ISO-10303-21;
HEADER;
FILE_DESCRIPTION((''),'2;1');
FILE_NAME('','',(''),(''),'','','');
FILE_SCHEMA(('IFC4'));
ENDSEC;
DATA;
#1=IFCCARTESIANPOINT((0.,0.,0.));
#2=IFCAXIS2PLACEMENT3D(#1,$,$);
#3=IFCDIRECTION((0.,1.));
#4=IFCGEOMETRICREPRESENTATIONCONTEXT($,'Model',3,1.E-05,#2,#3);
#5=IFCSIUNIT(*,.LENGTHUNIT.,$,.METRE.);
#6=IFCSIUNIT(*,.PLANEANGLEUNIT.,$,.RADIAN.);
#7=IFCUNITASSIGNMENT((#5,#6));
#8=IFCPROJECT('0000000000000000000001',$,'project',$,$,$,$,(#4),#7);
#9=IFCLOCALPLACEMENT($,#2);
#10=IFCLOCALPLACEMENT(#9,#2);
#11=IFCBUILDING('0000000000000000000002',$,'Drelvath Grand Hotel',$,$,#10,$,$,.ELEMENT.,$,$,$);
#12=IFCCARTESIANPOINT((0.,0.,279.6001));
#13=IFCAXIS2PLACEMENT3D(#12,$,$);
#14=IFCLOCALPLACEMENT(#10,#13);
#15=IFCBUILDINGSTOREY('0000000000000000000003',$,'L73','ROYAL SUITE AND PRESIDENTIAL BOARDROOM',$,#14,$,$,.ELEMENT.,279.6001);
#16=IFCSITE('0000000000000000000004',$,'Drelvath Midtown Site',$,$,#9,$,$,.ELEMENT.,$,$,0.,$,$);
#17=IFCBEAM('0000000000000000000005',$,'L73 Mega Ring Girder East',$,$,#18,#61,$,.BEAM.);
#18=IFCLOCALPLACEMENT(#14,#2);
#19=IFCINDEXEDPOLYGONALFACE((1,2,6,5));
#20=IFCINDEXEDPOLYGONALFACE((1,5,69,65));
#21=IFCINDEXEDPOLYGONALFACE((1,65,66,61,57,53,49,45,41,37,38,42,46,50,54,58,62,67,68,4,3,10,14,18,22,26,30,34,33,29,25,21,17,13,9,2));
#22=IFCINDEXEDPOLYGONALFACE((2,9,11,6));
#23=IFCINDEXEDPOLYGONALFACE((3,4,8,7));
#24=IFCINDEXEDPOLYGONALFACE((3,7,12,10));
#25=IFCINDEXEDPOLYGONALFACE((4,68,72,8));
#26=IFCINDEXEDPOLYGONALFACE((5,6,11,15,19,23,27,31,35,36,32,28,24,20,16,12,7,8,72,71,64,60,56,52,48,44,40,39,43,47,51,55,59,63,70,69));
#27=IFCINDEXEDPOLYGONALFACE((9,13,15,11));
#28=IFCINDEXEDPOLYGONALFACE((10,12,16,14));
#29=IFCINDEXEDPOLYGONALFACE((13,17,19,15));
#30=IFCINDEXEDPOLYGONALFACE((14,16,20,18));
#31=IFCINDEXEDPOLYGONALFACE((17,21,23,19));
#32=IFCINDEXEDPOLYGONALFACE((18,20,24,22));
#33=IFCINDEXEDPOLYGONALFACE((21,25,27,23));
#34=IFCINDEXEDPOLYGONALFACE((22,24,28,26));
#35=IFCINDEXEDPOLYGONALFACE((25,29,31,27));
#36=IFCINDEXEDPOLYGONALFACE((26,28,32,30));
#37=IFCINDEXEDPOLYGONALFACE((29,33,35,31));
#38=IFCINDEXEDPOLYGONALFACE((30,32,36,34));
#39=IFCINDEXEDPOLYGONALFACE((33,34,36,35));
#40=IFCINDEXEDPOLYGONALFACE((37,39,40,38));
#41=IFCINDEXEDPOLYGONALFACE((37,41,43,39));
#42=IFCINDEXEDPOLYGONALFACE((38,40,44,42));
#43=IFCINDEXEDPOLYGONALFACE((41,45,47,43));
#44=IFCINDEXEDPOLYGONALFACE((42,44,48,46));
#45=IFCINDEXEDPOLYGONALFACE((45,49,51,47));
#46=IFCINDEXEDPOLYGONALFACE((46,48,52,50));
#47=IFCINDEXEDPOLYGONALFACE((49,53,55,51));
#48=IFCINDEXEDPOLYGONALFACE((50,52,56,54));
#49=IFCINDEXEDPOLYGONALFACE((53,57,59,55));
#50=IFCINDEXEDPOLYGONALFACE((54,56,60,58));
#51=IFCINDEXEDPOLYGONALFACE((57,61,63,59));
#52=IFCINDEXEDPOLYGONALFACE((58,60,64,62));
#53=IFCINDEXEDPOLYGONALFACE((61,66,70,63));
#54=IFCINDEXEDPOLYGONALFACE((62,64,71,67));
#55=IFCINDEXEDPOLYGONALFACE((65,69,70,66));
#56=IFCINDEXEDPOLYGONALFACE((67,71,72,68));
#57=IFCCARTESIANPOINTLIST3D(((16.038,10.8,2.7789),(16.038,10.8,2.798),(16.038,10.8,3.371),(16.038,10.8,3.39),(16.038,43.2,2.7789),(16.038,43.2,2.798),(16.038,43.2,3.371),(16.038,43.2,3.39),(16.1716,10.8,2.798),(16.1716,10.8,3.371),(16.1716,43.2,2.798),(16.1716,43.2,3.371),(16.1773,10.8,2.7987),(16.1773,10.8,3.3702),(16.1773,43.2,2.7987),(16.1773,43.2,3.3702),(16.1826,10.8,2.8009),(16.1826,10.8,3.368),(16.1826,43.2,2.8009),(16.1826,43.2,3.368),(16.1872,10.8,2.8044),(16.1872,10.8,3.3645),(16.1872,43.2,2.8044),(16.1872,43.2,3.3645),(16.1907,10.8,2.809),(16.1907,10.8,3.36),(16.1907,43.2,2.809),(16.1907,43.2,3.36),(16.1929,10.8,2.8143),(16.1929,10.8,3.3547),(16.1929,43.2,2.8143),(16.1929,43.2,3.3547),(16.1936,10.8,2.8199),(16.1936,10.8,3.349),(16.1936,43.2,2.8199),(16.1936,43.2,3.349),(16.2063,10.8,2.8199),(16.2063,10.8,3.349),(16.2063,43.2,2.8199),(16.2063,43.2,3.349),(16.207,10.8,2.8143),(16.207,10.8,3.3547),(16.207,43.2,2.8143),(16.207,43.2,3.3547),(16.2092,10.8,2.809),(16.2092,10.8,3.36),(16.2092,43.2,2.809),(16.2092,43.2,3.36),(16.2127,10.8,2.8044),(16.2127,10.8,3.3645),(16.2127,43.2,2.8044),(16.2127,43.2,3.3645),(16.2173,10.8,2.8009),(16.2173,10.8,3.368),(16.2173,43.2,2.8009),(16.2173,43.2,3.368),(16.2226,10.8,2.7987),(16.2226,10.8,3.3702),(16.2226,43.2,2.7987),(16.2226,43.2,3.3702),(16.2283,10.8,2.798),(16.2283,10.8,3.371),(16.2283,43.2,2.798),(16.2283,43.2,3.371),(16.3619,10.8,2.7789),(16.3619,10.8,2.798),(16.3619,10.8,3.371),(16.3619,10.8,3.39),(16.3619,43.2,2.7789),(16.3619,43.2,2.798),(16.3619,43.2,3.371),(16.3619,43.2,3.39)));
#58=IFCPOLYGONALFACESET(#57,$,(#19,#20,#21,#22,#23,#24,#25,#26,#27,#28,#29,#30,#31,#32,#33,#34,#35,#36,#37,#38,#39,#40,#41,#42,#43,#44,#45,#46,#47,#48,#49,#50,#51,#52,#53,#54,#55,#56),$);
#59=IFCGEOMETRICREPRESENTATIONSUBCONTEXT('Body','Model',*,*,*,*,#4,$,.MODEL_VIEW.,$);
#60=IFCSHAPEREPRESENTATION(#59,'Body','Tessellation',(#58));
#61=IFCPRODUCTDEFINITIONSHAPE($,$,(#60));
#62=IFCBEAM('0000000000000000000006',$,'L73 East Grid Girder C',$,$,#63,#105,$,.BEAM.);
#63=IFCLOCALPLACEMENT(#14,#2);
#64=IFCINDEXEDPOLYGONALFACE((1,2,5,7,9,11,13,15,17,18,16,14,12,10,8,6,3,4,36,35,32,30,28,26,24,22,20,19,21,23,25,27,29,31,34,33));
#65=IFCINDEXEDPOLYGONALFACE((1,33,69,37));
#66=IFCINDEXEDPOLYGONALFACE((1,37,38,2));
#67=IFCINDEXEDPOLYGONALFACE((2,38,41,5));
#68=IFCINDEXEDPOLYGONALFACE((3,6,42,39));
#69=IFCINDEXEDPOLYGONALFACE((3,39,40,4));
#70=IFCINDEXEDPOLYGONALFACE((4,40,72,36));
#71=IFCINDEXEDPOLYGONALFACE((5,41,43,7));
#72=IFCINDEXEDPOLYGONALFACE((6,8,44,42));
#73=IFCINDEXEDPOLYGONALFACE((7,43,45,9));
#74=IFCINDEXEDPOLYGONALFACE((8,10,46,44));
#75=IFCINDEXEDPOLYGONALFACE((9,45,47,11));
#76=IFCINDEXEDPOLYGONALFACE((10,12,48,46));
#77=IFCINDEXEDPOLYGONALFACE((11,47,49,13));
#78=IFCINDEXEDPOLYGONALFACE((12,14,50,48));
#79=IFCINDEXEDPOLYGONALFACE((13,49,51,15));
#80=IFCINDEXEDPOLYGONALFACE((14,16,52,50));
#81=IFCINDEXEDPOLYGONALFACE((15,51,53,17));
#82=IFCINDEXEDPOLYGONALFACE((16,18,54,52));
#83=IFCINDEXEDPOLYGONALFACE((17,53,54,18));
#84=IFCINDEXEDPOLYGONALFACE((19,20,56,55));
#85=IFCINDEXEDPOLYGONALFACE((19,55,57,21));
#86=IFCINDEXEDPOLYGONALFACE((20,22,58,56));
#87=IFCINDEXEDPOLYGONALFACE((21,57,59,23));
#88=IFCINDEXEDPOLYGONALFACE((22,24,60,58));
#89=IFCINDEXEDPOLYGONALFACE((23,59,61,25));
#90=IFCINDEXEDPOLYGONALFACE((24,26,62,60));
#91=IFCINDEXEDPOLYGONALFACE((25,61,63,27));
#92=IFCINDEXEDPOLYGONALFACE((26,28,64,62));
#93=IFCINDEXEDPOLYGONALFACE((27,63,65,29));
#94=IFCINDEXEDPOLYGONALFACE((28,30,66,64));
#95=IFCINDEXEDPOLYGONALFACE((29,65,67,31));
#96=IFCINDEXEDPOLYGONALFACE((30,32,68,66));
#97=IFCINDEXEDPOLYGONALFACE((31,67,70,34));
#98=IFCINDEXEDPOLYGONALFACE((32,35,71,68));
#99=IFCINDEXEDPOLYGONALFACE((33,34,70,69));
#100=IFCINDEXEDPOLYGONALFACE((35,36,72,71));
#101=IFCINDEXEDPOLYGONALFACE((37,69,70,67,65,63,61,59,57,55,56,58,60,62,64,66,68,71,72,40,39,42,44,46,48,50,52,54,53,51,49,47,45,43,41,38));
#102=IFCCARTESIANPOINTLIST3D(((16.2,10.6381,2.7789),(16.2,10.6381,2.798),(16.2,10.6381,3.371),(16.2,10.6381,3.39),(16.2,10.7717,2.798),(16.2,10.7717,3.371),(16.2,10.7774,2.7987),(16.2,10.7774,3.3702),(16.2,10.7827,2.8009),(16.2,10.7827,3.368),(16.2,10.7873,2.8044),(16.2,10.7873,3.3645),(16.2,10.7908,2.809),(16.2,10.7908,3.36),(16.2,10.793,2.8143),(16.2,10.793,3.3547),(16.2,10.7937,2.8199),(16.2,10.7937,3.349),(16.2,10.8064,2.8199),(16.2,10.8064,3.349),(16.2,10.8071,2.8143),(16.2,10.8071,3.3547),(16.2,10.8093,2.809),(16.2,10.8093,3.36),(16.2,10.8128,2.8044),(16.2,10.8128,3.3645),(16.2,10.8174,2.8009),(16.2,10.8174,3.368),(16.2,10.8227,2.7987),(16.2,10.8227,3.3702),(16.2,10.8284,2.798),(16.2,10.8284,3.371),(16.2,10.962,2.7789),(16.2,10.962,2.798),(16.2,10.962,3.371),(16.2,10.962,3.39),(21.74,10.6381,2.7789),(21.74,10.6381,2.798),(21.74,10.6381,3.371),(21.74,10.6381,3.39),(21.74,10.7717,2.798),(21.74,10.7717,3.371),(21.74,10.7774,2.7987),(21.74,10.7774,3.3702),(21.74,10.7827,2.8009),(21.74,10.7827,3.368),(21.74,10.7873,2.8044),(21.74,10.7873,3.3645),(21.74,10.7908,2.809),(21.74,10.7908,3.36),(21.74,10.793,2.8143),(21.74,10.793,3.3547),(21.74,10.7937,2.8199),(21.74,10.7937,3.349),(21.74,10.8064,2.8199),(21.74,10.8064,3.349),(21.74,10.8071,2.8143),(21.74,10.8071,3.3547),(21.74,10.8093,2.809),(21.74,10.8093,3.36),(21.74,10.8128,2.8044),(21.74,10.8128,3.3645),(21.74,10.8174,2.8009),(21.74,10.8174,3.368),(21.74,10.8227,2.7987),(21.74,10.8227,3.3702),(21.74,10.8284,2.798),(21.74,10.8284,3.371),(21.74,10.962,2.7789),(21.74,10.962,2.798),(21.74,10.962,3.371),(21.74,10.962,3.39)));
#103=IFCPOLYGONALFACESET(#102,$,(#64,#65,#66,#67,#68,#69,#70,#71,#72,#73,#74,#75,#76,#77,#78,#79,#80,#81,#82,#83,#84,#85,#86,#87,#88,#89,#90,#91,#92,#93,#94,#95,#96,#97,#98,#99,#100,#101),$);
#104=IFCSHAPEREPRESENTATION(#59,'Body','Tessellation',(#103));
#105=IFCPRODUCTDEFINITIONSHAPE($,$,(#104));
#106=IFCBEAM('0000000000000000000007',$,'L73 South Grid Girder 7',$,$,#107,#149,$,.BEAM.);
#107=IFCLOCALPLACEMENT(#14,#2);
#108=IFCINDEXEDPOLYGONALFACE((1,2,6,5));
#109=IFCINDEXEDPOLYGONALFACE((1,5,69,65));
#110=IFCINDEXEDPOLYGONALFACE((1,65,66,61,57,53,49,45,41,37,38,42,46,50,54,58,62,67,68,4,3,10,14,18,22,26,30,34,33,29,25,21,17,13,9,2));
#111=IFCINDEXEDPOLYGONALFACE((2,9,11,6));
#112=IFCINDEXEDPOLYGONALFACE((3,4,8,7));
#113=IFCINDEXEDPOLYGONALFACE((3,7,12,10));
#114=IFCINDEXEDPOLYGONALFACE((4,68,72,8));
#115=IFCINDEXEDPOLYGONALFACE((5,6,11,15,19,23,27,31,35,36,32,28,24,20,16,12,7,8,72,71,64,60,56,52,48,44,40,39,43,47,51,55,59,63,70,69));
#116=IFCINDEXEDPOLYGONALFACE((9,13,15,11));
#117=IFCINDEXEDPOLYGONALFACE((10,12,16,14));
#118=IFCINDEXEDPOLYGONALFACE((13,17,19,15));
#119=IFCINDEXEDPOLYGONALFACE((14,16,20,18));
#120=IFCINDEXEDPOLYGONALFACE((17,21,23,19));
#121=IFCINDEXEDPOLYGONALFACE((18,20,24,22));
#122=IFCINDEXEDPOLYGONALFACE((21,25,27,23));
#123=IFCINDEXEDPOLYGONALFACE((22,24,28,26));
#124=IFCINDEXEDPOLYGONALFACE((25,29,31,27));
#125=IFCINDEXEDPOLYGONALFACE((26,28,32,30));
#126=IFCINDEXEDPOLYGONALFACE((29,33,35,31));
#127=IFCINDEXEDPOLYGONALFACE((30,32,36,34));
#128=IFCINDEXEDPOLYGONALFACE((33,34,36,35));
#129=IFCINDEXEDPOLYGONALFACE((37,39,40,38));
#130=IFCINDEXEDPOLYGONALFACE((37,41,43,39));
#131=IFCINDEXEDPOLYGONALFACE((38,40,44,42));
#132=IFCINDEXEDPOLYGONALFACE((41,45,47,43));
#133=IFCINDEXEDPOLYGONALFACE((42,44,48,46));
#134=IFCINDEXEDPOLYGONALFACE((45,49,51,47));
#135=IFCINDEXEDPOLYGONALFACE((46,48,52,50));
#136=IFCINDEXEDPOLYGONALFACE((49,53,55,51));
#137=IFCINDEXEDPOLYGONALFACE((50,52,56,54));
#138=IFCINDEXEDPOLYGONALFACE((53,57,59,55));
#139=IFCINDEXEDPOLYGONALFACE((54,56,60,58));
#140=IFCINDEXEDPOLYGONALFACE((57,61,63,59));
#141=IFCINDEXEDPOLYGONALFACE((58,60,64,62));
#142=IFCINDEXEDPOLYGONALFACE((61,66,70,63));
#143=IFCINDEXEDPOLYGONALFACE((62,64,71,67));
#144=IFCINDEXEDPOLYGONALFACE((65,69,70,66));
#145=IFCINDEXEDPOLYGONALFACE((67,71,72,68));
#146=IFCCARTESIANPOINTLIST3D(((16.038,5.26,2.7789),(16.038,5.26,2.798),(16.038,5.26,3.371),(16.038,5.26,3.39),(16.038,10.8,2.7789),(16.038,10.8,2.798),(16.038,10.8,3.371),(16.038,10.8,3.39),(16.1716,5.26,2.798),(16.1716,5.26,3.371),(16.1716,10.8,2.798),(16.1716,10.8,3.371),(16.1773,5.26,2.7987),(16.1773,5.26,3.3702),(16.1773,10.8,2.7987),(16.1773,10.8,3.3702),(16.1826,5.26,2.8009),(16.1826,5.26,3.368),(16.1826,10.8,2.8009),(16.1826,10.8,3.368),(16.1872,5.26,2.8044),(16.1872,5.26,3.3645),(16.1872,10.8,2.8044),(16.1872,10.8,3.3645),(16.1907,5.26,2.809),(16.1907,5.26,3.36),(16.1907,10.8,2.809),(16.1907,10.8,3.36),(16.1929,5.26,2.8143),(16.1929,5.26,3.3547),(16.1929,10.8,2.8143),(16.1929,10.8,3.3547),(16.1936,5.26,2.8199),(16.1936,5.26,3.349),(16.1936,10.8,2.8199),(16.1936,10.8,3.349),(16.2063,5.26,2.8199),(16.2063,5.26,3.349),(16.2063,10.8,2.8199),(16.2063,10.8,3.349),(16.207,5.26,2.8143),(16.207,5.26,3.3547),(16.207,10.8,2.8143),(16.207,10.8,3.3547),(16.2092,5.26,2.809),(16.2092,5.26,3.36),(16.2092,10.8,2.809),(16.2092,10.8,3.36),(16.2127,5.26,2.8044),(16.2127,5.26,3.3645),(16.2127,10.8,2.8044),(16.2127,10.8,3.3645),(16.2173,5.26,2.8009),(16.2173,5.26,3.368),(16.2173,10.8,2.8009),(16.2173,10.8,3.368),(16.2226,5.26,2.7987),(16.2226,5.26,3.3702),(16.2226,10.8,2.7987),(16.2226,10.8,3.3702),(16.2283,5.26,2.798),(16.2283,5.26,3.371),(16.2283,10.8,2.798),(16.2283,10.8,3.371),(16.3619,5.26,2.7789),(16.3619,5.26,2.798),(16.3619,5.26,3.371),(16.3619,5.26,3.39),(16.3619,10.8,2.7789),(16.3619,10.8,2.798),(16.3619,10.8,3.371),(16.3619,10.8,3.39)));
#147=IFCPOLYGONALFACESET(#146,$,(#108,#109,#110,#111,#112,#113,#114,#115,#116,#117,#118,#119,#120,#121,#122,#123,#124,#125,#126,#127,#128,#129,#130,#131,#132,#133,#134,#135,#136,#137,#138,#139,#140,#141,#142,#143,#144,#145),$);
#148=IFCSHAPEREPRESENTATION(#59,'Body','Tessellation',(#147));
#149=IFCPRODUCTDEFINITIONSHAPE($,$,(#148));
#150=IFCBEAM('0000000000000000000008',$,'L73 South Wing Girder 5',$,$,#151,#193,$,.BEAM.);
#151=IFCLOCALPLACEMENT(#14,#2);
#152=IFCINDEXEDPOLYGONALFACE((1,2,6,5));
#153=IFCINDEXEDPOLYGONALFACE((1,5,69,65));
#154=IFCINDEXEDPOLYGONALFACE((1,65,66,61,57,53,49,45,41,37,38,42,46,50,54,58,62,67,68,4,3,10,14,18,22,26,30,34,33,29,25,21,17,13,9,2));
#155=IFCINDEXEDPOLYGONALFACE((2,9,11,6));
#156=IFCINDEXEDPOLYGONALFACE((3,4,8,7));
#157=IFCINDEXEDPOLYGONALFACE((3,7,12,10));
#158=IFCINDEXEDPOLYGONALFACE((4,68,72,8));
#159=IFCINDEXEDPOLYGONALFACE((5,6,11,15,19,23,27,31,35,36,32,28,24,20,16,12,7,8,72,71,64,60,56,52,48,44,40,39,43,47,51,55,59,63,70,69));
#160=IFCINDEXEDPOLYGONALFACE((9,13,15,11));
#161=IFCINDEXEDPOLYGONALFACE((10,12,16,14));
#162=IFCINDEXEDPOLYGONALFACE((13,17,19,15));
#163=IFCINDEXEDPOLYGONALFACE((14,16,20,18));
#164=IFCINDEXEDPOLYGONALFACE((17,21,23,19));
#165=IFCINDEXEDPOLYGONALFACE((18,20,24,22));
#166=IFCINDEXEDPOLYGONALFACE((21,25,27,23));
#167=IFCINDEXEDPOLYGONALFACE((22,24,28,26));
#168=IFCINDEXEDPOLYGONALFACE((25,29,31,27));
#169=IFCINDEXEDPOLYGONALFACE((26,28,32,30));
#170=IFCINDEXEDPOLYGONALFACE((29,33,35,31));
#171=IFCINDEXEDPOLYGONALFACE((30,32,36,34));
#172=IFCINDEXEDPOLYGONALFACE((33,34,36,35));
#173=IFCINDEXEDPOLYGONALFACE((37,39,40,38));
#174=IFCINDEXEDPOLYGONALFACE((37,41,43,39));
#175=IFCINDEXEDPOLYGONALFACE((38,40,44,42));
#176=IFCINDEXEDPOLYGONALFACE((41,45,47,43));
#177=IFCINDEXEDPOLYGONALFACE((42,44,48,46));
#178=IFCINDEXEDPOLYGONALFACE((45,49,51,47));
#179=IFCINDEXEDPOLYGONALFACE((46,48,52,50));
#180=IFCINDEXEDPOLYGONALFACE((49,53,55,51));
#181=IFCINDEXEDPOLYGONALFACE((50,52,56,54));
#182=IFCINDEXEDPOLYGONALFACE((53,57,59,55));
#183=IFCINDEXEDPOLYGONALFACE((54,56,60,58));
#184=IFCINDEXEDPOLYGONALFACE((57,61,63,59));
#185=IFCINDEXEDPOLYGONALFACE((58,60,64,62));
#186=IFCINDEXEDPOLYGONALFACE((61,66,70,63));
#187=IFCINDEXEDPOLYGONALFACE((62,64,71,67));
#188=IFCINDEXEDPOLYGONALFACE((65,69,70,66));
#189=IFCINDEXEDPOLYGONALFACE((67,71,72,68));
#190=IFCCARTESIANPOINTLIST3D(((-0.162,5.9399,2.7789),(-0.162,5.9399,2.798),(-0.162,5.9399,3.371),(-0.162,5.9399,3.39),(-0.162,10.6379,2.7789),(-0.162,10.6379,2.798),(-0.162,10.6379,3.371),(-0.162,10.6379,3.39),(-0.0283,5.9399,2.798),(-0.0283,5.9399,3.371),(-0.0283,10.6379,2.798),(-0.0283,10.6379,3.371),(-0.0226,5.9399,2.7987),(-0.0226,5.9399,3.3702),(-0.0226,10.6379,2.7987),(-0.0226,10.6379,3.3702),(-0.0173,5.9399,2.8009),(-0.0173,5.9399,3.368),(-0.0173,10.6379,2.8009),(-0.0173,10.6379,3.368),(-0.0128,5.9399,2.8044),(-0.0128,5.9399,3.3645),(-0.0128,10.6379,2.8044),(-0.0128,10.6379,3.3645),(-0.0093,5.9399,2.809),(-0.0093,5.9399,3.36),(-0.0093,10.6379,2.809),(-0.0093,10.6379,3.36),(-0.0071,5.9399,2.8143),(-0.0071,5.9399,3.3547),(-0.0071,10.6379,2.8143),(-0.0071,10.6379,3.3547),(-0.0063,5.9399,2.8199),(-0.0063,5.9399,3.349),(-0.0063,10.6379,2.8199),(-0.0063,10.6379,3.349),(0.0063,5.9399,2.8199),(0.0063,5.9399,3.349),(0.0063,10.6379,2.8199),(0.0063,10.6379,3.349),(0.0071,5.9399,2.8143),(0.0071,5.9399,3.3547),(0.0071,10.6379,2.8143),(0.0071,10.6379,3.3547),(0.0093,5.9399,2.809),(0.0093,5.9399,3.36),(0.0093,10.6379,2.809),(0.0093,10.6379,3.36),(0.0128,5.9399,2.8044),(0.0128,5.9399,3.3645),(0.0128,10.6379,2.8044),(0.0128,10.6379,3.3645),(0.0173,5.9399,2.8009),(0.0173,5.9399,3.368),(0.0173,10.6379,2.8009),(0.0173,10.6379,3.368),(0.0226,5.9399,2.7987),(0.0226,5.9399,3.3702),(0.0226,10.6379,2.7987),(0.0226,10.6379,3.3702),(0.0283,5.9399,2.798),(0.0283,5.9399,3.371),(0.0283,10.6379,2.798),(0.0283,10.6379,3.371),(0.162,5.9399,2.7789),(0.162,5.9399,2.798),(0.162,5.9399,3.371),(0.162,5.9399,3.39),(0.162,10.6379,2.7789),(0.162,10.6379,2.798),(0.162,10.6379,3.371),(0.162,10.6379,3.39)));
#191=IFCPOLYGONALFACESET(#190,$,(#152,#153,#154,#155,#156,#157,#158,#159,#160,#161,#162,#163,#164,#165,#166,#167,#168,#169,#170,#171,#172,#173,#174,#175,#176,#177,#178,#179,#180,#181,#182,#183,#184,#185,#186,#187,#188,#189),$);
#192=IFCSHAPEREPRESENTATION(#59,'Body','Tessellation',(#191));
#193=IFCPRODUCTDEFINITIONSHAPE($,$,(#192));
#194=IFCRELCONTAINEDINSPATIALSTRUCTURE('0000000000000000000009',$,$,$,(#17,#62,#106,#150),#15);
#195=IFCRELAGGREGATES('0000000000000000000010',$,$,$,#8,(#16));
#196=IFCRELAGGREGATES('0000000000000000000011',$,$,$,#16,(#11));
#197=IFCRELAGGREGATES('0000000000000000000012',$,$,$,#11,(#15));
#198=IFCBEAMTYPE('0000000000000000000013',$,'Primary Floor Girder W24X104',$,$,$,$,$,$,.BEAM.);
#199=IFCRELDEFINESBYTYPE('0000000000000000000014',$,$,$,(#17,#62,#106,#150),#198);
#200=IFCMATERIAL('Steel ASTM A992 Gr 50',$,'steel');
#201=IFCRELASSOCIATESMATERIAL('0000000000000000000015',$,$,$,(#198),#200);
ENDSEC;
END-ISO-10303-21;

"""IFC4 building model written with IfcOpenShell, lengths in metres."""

from ifc_helpers import new_model, si_unit, direction, frame, origin, origin_2d, place, context, subcontext, project, spatial, i_section, extrude, material, material_profile, profile_set, type_object, element, save


model = new_model("IFC4")

# Units and contexts
model_context = context("Model", 3, precision=1e-05, world=origin(), true_north=direction((0.0, 1.0)))
body_context = subcontext(model_context, "Body", "Model", "MODEL_VIEW")
ifc_project = project(units=[si_unit("LENGTHUNIT", "METRE"), si_unit("PLANEANGLEUNIT", "RADIAN")], contexts=[model_context])

# Site, building, storey
site_placement = place(None, origin())
site = spatial("IfcSite", under=ifc_project, at=site_placement, Name="Drelvath Midtown Site", CompositionType="ELEMENT", RefElevation=0.0)
building_placement = place(site_placement, origin())
building = spatial("IfcBuilding", under=site, at=building_placement, Name="Drelvath Grand Hotel", CompositionType="ELEMENT")
storey_placement = place(building_placement, frame((0.0, 0.0, 279.6001)))
storey = spatial("IfcBuildingStorey", under=building, at=storey_placement, Name="L73", Description="ROYAL SUITE AND PRESIDENTIAL BOARDROOM", CompositionType="ELEMENT", Elevation=279.6001)

# Shared definitions
ifc_material_1 = material(Name="Steel ASTM A992 Gr 50", Category="steel")

# Beams
ifc_material_profile_1 = material_profile(ifc_material_1, i_section(OverallWidth=0.324, OverallDepth=0.6111, WebThickness=0.0127, FlangeThickness=0.019, FilletRadius=0.022, at=origin_2d()), Name="W24X104")
ifc_profile_set_1 = profile_set([ifc_material_profile_1], Name="Steel ASTM A992 Gr 50")
beam_type_1 = type_object("IfcBeamType", Name="Primary Floor Girder W24X104", PredefinedType="BEAM", material=ifc_profile_set_1)
beam_1_placement = place(storey_placement, frame((16.2, 10.8, 3.0845), z_axis=(0.0, 1.0, 0.0), x_axis=(-1.0, 0.0, 0.0)))
element("IfcBeam", 1, at=beam_1_placement, inside=storey, type_object=beam_type_1, Name="L73 Mega Ring Girder East", PredefinedType="BEAM", context=body_context, shape_type="SweptSolid", body=[
    extrude(i_section(OverallWidth=0.324, OverallDepth=0.6111, WebThickness=0.0127, FlangeThickness=0.019, FilletRadius=0.022, at=origin_2d()), origin(), (0.0, 0.0, 1.0), 32.3999),
])
for number, where, z_axis, x_axis, name in (
    (2, (16.2, 10.8, 3.0845), (1.0, 0.0, 0.0), (0.0, 1.0, 0.0), "L73 East Grid Girder C"),
    (3, (16.2, 5.26, 3.0845), (0.0, 1.0, 0.0), (-1.0, 0.0, 0.0), "L73 South Grid Girder 7"),
):
    element("IfcBeam", number, at=place(storey_placement, frame(where, z_axis=z_axis, x_axis=x_axis)), inside=storey, type_object=beam_type_1, Name=name, PredefinedType="BEAM", context=body_context, shape_type="SweptSolid", body=[
        extrude(i_section(OverallWidth=0.324, OverallDepth=0.6111, WebThickness=0.0127, FlangeThickness=0.019, FilletRadius=0.022, at=origin_2d()), origin(), (0.0, 0.0, 1.0), 5.54),
    ])
beam_2_placement = place(storey_placement, frame((0.0, 5.9399, 3.0845), z_axis=(0.0, 1.0, 0.0), x_axis=(-1.0, 0.0, 0.0)))
element("IfcBeam", 4, at=beam_2_placement, inside=storey, type_object=beam_type_1, Name="L73 South Wing Girder 5", PredefinedType="BEAM", context=body_context, shape_type="SweptSolid", body=[
    extrude(i_section(OverallWidth=0.324, OverallDepth=0.6111, WebThickness=0.0127, FlangeThickness=0.019, FilletRadius=0.022, at=origin_2d()), origin(), (0.0, 0.0, 1.0), 4.698),
])

save(model, "model.ifc")
